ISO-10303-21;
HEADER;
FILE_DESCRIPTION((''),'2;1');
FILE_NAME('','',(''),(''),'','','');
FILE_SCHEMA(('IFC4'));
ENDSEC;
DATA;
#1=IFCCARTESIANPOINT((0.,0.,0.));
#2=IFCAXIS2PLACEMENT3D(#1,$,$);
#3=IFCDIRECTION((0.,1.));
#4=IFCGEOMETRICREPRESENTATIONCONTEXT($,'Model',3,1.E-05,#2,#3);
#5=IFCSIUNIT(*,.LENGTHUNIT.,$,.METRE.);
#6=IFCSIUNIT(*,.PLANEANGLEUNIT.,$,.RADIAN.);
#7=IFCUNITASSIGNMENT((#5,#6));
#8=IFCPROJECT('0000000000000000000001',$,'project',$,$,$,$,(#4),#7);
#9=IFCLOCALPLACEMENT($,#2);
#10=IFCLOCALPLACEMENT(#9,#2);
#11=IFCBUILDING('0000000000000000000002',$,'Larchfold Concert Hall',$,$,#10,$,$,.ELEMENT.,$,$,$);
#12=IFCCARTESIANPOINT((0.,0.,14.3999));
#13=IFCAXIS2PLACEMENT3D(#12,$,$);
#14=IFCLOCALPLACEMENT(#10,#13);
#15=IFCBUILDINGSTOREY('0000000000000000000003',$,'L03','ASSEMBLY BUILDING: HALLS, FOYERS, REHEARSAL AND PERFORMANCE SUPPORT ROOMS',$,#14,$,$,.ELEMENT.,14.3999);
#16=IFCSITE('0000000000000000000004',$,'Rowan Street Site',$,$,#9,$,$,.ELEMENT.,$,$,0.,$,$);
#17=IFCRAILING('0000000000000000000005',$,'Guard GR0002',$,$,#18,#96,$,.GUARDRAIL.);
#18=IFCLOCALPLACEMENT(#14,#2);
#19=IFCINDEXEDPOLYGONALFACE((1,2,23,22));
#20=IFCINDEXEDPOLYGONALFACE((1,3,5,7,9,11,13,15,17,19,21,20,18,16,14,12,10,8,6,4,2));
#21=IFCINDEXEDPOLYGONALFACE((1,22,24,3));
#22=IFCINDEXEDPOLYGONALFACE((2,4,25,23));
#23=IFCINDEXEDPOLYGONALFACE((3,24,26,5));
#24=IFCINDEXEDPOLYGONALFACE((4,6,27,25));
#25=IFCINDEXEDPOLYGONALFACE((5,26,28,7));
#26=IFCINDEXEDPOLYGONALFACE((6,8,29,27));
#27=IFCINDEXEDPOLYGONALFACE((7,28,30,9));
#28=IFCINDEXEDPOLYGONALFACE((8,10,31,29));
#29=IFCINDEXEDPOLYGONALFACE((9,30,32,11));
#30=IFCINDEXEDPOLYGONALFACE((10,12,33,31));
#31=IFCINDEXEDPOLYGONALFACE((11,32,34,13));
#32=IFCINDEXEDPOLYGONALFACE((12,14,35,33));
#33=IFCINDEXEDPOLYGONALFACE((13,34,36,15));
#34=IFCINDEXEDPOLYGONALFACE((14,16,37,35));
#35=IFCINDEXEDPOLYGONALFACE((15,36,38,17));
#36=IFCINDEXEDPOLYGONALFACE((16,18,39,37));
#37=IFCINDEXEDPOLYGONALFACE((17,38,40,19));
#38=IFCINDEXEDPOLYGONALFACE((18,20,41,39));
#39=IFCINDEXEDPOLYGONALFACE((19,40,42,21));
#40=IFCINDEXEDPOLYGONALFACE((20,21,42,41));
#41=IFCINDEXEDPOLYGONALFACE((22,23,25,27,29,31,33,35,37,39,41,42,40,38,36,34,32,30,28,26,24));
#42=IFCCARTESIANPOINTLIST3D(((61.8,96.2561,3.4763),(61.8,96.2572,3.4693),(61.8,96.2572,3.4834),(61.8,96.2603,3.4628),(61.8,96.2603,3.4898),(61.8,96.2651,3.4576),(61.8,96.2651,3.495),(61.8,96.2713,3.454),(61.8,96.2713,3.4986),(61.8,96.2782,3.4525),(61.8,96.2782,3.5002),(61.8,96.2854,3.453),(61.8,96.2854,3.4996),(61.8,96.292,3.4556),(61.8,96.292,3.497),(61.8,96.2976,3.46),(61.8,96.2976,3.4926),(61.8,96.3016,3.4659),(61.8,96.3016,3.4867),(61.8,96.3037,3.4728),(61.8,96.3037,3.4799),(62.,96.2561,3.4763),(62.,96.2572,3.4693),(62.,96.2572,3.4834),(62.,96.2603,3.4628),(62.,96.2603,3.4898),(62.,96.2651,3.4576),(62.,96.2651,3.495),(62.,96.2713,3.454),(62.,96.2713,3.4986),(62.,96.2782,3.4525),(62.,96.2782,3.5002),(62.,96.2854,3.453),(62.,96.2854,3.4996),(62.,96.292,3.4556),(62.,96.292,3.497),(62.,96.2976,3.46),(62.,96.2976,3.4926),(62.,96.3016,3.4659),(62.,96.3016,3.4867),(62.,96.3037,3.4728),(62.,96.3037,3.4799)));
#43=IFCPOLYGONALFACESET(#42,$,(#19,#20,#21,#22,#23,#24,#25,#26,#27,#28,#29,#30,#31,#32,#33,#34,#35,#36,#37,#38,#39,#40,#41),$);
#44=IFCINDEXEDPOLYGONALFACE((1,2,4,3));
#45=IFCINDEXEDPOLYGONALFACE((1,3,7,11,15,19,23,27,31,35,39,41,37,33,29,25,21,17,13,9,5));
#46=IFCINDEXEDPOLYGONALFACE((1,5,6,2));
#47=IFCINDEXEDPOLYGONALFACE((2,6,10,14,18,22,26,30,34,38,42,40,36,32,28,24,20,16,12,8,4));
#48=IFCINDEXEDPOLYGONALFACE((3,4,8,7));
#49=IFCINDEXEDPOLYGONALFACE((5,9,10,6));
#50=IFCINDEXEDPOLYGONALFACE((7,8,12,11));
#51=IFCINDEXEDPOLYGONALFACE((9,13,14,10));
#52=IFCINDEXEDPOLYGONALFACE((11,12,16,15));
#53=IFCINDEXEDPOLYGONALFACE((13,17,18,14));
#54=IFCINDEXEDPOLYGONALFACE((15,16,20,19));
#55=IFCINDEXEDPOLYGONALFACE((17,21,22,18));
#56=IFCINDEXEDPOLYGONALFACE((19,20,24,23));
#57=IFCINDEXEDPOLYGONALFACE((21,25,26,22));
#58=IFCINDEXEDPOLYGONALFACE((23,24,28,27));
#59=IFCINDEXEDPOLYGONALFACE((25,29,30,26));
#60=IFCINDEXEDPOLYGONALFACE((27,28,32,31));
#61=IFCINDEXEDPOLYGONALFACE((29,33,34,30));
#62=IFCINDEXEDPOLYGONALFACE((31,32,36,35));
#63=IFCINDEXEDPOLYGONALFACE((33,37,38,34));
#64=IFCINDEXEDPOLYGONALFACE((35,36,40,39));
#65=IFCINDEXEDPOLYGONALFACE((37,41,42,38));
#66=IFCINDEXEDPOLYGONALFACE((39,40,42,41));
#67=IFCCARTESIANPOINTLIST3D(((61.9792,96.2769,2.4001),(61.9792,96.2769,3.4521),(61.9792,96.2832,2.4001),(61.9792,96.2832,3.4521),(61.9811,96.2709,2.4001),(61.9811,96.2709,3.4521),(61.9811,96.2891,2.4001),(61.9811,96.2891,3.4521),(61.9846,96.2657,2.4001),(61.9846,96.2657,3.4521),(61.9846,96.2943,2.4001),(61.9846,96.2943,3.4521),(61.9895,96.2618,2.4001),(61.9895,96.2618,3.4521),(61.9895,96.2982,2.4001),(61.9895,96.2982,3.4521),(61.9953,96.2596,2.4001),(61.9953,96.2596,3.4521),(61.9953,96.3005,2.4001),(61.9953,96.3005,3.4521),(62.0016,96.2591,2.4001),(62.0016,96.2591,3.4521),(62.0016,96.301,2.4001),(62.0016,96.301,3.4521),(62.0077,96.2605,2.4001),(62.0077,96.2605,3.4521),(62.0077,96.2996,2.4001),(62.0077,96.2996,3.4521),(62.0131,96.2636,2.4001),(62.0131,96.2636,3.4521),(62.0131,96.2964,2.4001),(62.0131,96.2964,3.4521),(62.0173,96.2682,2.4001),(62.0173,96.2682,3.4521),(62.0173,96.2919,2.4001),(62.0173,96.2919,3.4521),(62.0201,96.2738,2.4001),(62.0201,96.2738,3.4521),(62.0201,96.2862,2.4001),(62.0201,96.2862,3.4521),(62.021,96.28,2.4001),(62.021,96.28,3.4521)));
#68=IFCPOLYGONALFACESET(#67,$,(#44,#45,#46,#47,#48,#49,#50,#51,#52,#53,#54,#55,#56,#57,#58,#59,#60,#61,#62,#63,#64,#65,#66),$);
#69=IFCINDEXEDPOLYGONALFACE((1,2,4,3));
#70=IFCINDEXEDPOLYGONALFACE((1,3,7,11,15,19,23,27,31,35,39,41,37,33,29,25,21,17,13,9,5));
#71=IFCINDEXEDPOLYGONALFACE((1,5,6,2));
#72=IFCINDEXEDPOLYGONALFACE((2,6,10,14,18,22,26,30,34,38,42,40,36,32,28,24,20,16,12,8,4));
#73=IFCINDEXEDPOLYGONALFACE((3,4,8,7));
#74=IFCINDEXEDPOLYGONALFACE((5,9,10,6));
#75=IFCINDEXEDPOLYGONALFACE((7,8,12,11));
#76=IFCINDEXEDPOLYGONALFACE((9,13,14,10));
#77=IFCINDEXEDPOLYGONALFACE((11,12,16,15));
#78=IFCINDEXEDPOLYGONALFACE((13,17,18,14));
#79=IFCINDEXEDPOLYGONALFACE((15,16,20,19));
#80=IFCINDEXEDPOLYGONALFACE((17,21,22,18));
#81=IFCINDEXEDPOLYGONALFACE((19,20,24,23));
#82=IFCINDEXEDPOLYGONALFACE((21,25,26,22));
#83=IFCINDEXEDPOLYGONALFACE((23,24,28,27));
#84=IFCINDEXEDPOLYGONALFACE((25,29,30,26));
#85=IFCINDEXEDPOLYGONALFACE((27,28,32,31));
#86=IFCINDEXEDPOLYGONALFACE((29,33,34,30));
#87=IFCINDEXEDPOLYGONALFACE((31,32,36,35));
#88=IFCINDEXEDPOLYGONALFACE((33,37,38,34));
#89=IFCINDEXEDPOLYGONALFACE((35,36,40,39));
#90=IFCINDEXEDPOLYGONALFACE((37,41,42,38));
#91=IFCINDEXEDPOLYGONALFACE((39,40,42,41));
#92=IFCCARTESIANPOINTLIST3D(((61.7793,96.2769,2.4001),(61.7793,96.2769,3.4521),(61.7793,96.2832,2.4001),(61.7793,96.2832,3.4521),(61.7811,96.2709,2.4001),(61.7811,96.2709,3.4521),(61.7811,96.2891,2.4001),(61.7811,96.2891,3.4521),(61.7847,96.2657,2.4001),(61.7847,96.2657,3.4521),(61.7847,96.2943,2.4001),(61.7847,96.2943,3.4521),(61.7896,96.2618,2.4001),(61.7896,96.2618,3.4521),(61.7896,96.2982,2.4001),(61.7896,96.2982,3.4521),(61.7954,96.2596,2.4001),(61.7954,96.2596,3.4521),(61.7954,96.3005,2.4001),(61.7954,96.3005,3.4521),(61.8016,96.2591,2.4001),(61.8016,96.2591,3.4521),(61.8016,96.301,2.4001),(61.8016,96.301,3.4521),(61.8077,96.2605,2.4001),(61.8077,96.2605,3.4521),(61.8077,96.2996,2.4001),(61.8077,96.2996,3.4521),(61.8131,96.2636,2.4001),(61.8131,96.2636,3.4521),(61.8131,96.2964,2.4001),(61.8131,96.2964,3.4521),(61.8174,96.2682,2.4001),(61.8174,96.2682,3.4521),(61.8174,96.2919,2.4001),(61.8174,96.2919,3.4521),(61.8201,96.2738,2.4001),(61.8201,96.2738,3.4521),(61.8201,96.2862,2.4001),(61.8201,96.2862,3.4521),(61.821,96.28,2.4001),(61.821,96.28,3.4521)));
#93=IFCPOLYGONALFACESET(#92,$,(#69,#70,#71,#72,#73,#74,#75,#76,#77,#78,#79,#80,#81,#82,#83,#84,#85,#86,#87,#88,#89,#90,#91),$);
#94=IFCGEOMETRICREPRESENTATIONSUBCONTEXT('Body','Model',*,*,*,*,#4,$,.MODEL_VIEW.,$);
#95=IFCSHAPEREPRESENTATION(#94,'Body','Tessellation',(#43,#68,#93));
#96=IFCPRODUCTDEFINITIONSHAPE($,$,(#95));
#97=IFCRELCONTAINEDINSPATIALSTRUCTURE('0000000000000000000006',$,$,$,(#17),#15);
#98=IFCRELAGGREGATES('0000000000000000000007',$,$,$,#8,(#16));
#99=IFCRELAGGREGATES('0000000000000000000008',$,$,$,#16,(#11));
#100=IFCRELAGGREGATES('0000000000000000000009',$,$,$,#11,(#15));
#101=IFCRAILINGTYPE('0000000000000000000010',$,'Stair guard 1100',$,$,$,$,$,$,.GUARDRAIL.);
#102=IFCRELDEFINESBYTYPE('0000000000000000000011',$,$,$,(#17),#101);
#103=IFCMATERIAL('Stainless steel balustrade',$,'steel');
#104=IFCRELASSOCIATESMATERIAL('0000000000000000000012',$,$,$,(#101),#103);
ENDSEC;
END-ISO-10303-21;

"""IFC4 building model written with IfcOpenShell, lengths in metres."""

from ifc_helpers import new_model, si_unit, direction, frame, origin, origin_2d, place, context, subcontext, project, spatial, circle, extrude, material, type_object, element, save


model = new_model("IFC4")

# Units and contexts
model_context = context("Model", 3, precision=1e-05, world=origin(), true_north=direction((0.0, 1.0)))
body_context = subcontext(model_context, "Body", "Model", "MODEL_VIEW")
ifc_project = project(units=[si_unit("LENGTHUNIT", "METRE"), si_unit("PLANEANGLEUNIT", "RADIAN")], contexts=[model_context])

# Site, building, storey
site_placement = place(None, origin())
site = spatial("IfcSite", under=ifc_project, at=site_placement, Name="Rowan Street Site", CompositionType="ELEMENT", RefElevation=0.0)
building_placement = place(site_placement, origin())
building = spatial("IfcBuilding", under=site, at=building_placement, Name="Larchfold Concert Hall", CompositionType="ELEMENT")
storey_placement = place(building_placement, frame((0.0, 0.0, 14.3999)))
storey = spatial("IfcBuildingStorey", under=building, at=storey_placement, Name="L03", Description="ASSEMBLY BUILDING: HALLS, FOYERS, REHEARSAL AND PERFORMANCE SUPPORT ROOMS", CompositionType="ELEMENT", Elevation=14.3999)

# Railing
ifc_material_1 = material(Name="Stainless steel balustrade", Category="steel")
railing_type_1 = type_object("IfcRailingType", Name="Stair guard 1100", PredefinedType="GUARDRAIL", material=ifc_material_1)
railing_1_placement = place(storey_placement, frame((62.0, 96.28, 2.4001)))
element("IfcRailing", 1, at=railing_1_placement, inside=storey, type_object=railing_type_1, Name="Guard GR0002", PredefinedType="GUARDRAIL", context=body_context, shape_type="SweptSolid", body=[
    extrude(circle(Radius=0.0239, at=origin_2d()), frame((0.0, 0.0, 1.0762), z_axis=(-1.0, 0.0, 0.0), x_axis=(0.0, -1.0, 0.0)), (0.0, 0.0, 1.0), 0.2),
    extrude(circle(Radius=0.021, at=origin_2d()), origin(), (0.0, 0.0, 1.0), 1.052),
    extrude(circle(Radius=0.021, at=origin_2d()), frame((-0.2, 0.0, 0.0)), (0.0, 0.0, 1.0), 1.052),
])

save(model, "model.ifc")
